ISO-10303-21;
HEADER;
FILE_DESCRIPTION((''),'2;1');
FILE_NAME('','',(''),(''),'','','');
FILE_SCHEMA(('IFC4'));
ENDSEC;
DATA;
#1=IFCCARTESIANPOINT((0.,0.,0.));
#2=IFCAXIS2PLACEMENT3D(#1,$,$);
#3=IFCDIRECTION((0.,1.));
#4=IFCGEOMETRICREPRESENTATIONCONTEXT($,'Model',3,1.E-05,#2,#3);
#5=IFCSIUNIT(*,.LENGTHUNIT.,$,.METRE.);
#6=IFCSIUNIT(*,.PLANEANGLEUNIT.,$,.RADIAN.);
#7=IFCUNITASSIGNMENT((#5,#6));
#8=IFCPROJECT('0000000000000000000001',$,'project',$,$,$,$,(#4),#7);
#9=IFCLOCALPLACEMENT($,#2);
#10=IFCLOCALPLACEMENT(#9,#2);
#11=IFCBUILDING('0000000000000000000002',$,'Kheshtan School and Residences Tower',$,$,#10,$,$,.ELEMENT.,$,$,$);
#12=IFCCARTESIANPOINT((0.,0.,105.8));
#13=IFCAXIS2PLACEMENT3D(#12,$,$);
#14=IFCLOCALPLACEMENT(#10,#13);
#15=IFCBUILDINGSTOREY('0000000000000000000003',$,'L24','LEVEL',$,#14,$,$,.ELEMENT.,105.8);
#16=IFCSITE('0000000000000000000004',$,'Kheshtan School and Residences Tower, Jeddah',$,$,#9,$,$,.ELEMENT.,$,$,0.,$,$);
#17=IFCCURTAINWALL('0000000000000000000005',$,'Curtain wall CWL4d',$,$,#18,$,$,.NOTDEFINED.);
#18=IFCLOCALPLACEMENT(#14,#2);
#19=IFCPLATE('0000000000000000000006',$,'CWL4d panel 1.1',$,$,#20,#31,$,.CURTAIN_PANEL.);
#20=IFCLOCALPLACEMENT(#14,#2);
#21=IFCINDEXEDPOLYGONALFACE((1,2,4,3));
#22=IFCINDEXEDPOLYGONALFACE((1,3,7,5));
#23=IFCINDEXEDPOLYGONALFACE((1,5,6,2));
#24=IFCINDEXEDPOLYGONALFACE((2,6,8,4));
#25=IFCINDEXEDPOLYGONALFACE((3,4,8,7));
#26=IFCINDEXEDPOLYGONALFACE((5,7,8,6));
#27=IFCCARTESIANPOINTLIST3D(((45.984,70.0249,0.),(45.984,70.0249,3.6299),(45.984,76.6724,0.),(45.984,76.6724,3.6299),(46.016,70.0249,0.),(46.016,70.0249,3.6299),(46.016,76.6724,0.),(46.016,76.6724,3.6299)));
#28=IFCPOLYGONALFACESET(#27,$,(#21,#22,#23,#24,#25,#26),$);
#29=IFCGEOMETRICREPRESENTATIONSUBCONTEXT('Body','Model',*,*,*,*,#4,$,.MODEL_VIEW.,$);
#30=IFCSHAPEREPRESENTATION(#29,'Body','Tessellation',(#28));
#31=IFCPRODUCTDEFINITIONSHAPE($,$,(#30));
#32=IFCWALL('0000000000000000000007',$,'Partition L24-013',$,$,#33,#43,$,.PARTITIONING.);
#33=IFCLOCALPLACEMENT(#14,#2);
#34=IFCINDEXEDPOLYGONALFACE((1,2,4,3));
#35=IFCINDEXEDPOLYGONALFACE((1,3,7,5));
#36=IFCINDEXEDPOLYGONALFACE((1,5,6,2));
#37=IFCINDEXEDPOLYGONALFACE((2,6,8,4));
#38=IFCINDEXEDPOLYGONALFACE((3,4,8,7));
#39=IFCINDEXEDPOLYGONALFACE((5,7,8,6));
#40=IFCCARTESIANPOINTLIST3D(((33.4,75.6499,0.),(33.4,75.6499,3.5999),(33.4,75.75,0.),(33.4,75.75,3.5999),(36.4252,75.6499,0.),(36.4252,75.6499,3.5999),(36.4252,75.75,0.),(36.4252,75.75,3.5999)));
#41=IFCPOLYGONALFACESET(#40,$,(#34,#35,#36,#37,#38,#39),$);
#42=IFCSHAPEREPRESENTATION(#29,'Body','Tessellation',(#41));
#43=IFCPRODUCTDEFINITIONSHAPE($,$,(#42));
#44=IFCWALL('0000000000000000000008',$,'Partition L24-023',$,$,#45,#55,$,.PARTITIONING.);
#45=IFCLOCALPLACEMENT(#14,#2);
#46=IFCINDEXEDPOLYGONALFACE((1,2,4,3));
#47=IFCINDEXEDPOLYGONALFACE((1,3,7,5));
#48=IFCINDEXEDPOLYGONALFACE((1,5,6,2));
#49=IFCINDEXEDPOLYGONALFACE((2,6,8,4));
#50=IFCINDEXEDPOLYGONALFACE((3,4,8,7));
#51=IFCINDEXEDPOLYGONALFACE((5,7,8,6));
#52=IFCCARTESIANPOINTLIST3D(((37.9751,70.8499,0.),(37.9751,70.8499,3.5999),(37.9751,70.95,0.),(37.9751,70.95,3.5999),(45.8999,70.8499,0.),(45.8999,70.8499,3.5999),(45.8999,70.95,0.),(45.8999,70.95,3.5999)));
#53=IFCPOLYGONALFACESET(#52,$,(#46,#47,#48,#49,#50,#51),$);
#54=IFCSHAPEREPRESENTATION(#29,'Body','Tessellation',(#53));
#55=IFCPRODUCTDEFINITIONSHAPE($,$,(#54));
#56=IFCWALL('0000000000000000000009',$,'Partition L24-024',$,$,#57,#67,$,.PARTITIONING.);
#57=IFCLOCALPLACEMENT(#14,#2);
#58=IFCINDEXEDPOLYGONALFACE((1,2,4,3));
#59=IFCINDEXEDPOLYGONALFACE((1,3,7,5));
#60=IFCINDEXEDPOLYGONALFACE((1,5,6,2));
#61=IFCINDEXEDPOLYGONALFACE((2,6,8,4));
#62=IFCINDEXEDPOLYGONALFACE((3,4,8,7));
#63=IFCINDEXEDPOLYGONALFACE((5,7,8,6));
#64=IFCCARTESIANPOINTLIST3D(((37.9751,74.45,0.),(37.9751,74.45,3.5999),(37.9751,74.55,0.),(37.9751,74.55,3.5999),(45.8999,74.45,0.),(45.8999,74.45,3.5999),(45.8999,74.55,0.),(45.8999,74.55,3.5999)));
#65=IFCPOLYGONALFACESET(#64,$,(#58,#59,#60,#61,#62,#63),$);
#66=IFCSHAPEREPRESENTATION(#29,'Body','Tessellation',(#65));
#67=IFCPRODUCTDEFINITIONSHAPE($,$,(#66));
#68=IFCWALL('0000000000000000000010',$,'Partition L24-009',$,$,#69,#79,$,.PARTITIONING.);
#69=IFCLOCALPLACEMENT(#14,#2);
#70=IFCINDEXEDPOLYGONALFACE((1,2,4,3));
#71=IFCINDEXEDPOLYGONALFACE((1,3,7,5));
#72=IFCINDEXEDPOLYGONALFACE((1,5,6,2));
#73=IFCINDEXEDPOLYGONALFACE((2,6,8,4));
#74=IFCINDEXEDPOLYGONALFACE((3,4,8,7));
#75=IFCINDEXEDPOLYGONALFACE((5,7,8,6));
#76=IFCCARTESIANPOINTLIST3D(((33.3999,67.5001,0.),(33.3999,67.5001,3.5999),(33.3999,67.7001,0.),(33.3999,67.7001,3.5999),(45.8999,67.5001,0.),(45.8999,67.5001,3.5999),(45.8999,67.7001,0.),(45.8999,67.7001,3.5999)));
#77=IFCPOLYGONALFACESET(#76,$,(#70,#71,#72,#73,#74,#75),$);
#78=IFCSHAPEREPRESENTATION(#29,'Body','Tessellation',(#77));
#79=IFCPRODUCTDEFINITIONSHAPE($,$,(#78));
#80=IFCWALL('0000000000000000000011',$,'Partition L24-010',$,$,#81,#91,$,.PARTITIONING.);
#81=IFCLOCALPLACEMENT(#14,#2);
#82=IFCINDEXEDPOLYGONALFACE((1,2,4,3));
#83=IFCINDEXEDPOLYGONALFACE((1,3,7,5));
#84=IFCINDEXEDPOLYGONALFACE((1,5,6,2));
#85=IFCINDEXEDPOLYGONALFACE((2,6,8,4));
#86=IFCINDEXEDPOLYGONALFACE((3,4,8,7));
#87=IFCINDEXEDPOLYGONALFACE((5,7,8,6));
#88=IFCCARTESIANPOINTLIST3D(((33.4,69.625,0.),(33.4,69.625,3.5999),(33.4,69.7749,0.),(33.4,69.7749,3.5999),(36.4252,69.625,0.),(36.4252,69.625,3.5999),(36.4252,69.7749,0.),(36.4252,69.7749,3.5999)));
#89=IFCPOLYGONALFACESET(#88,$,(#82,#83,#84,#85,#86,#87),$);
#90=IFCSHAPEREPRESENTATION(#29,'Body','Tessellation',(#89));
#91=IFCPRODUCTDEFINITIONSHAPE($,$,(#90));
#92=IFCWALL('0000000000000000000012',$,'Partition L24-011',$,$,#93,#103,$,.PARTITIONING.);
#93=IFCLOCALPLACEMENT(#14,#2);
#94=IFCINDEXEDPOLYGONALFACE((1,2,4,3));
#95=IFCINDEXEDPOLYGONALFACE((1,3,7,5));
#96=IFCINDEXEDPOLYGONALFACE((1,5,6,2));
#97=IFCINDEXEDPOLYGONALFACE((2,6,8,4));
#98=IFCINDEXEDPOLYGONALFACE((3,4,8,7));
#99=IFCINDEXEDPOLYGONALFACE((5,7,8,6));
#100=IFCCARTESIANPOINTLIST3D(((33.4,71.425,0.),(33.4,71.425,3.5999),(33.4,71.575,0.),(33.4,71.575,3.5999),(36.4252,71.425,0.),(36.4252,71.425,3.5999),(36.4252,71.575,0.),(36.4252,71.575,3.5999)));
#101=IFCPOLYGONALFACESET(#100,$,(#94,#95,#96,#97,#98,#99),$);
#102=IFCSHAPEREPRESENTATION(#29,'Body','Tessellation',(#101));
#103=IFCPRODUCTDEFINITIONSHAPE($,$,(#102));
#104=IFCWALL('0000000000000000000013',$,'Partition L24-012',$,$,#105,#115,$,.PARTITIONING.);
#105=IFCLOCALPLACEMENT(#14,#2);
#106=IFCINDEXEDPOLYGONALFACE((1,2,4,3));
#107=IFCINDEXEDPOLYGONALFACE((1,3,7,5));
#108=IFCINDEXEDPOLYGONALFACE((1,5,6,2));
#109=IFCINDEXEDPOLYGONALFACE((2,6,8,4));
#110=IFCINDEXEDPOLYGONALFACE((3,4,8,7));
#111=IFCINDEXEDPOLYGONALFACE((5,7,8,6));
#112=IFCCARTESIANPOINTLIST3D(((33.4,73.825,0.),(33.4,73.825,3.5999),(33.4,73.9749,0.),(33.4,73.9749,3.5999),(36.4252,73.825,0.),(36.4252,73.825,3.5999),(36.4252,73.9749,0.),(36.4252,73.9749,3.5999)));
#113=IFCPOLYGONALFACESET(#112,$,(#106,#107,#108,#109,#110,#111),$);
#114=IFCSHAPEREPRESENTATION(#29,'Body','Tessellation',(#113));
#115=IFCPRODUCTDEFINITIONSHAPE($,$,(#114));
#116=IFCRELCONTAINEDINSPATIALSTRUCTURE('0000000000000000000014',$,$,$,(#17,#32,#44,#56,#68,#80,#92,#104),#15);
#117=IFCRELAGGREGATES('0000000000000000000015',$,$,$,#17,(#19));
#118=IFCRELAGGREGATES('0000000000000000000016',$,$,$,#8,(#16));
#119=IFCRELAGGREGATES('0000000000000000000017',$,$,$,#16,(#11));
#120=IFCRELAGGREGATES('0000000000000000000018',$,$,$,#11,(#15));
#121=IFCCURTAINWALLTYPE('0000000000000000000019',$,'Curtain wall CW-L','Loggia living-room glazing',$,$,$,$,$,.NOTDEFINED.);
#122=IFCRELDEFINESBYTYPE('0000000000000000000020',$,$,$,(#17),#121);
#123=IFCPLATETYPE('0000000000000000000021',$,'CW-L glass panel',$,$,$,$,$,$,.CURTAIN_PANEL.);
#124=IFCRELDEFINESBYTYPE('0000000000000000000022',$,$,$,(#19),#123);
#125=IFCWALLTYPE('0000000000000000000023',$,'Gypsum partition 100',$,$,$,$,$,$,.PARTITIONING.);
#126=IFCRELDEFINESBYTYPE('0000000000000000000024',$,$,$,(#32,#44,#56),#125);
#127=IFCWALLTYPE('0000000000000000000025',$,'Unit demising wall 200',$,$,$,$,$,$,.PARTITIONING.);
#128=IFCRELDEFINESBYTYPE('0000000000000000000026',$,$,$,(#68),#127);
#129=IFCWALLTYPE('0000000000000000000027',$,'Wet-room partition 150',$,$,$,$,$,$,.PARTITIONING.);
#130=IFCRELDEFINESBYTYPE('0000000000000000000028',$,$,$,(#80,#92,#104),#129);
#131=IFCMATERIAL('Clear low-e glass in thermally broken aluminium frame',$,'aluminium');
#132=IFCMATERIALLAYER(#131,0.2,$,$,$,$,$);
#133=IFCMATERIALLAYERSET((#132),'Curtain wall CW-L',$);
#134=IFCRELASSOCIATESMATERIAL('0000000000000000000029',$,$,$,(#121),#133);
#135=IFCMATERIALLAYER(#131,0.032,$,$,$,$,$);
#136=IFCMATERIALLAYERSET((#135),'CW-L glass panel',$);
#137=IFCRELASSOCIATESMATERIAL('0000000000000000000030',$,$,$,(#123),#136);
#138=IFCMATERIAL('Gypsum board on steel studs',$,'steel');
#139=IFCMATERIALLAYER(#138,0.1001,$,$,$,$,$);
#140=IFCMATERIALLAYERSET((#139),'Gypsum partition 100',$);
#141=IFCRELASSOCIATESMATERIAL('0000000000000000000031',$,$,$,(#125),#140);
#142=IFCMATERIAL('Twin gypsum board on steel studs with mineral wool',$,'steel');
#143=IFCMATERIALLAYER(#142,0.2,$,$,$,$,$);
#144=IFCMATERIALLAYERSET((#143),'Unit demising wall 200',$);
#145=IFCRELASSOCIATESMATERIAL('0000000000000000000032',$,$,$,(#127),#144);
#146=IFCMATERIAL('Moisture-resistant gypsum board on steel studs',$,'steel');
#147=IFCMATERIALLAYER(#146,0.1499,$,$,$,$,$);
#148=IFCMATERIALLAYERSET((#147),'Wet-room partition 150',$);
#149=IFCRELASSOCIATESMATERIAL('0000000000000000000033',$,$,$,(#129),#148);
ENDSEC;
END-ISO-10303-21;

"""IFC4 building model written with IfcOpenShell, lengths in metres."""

from ifc_helpers import new_model, si_unit, direction, frame, frame_2d, origin, origin_2d, place, context, subcontext, project, spatial, rectangle, extrude, material, layer, layer_set, type_object, element, aggregate, save


model = new_model("IFC4")

# Units and contexts
model_context = context("Model", 3, precision=1e-05, world=origin(), true_north=direction((0.0, 1.0)))
body_context = subcontext(model_context, "Body", "Model", "MODEL_VIEW")
ifc_project = project(units=[si_unit("LENGTHUNIT", "METRE"), si_unit("PLANEANGLEUNIT", "RADIAN")], contexts=[model_context])

# Site, building, storey
site_placement = place(None, origin())
site = spatial("IfcSite", under=ifc_project, at=site_placement, Name="Kheshtan School and Residences Tower, Jeddah", CompositionType="ELEMENT", RefElevation=0.0)
building_placement = place(site_placement, origin())
building = spatial("IfcBuilding", under=site, at=building_placement, Name="Kheshtan School and Residences Tower", CompositionType="ELEMENT")
storey_placement = place(building_placement, frame((0.0, 0.0, 105.8)))
storey = spatial("IfcBuildingStorey", under=building, at=storey_placement, Name="L24", Description="LEVEL", CompositionType="ELEMENT", Elevation=105.8)

# Curtain wall
ifc_material_1 = material(Name="Clear low-e glass in thermally broken aluminium frame", Category="aluminium")
ifc_layer_1 = layer(ifc_material_1, 0.2)
ifc_layer_set_1 = layer_set([ifc_layer_1], Name="Curtain wall CW-L")
curtain_wall_type = type_object("IfcCurtainWallType", Name="Curtain wall CW-L", Description="Loggia living-room glazing", PredefinedType="NOTDEFINED", material=ifc_layer_set_1)
curtain_wall_1_placement = place(storey_placement, origin())
curtain_wall_1 = element("IfcCurtainWall", 1, at=curtain_wall_1_placement, inside=storey, type_object=curtain_wall_type, Name="Curtain wall CWL4d", PredefinedType="NOTDEFINED")

# Plate
ifc_layer_2 = layer(ifc_material_1, 0.032)
ifc_layer_set_2 = layer_set([ifc_layer_2], Name="CW-L glass panel")
plate_type = type_object("IfcPlateType", Name="CW-L glass panel", PredefinedType="CURTAIN_PANEL", material=ifc_layer_set_2)
plate_placement = place(storey_placement, frame((46.0, 73.3486, 0.0), z_axis=(0.0, 0.0, 1.0), x_axis=(0.0, -1.0, 0.0)))
plate = element("IfcPlate", 2, at=plate_placement, type_object=plate_type, Name="CWL4d panel 1.1", PredefinedType="CURTAIN_PANEL", context=body_context, shape_type="SweptSolid", body=[
    extrude(rectangle(XDim=6.6475, YDim=0.032, at=origin_2d()), origin(), (0.0, 0.0, 1.0), 3.6299),
])
aggregate(curtain_wall_1, [plate])

# Walls
ifc_material_2 = material(Name="Gypsum board on steel studs", Category="steel")
ifc_layer_3 = layer(ifc_material_2, 0.1001)
ifc_layer_set_3 = layer_set([ifc_layer_3], Name="Gypsum partition 100")
wall_type_1 = type_object("IfcWallType", Name="Gypsum partition 100", PredefinedType="PARTITIONING", material=ifc_layer_set_3)
wall_1_placement = place(storey_placement, frame((33.3999, 75.7, 0.0), z_axis=(0.0, 0.0, 1.0), x_axis=(1.0, 0.0, 0.0)))
element("IfcWall", 3, at=wall_1_placement, inside=storey, type_object=wall_type_1, Name="Partition L24-013", PredefinedType="PARTITIONING", context=body_context, shape_type="SweptSolid", body=[
    extrude(rectangle(XDim=3.0251, YDim=0.1001, at=frame_2d((1.5127, 0.0))), origin(), (0.0, 0.0, 1.0), 3.5999),
])
for number, where, z_axis, x_axis, name in (
    (4, (37.9751, 70.8999, 0.0), (0.0, 0.0, 1.0), (1.0, 0.0, 0.0), "Partition L24-023"),
    (5, (37.9751, 74.5, 0.0), (0.0, 0.0, 1.0), (1.0, 0.0, 0.0), "Partition L24-024"),
):
    element("IfcWall", number, at=place(storey_placement, frame(where, z_axis=z_axis, x_axis=x_axis)), inside=storey, type_object=wall_type_1, Name=name, PredefinedType="PARTITIONING", context=body_context, shape_type="SweptSolid", body=[
        extrude(rectangle(XDim=7.9248, YDim=0.1001, at=frame_2d((3.9624, 0.0))), origin(), (0.0, 0.0, 1.0), 3.5999),
    ])
ifc_material_3 = material(Name="Twin gypsum board on steel studs with mineral wool", Category="steel")
ifc_layer_4 = layer(ifc_material_3, 0.2)
ifc_layer_set_4 = layer_set([ifc_layer_4], Name="Unit demising wall 200")
wall_type_2 = type_object("IfcWallType", Name="Unit demising wall 200", PredefinedType="PARTITIONING", material=ifc_layer_set_4)
wall_2_placement = place(storey_placement, frame((33.3999, 67.6001, 0.0), z_axis=(0.0, 0.0, 1.0), x_axis=(1.0, 0.0, 0.0)))
element("IfcWall", 6, at=wall_2_placement, inside=storey, type_object=wall_type_2, Name="Partition L24-009", PredefinedType="PARTITIONING", context=body_context, shape_type="SweptSolid", body=[
    extrude(rectangle(XDim=12.5, YDim=0.2, at=frame_2d((6.25, 0.0))), origin(), (0.0, 0.0, 1.0), 3.5999),
])
ifc_material_4 = material(Name="Moisture-resistant gypsum board on steel studs", Category="steel")
ifc_layer_5 = layer(ifc_material_4, 0.1499)
ifc_layer_set_5 = layer_set([ifc_layer_5], Name="Wet-room partition 150")
wall_type_3 = type_object("IfcWallType", Name="Wet-room partition 150", PredefinedType="PARTITIONING", material=ifc_layer_set_5)
for number, where, z_axis, x_axis, name in (
    (7, (33.3999, 69.7, 0.0), (0.0, 0.0, 1.0), (1.0, 0.0, 0.0), "Partition L24-010"),
    (8, (33.3999, 71.5, 0.0), (0.0, 0.0, 1.0), (1.0, 0.0, 0.0), "Partition L24-011"),
    (9, (33.3999, 73.8999, 0.0), (0.0, 0.0, 1.0), (1.0, 0.0, 0.0), "Partition L24-012"),
):
    element("IfcWall", number, at=place(storey_placement, frame(where, z_axis=z_axis, x_axis=x_axis)), inside=storey, type_object=wall_type_3, Name=name, PredefinedType="PARTITIONING", context=body_context, shape_type="SweptSolid", body=[
        extrude(rectangle(XDim=3.0251, YDim=0.1499, at=frame_2d((1.5127, 0.0))), origin(), (0.0, 0.0, 1.0), 3.5999),
    ])

save(model, "model.ifc")
